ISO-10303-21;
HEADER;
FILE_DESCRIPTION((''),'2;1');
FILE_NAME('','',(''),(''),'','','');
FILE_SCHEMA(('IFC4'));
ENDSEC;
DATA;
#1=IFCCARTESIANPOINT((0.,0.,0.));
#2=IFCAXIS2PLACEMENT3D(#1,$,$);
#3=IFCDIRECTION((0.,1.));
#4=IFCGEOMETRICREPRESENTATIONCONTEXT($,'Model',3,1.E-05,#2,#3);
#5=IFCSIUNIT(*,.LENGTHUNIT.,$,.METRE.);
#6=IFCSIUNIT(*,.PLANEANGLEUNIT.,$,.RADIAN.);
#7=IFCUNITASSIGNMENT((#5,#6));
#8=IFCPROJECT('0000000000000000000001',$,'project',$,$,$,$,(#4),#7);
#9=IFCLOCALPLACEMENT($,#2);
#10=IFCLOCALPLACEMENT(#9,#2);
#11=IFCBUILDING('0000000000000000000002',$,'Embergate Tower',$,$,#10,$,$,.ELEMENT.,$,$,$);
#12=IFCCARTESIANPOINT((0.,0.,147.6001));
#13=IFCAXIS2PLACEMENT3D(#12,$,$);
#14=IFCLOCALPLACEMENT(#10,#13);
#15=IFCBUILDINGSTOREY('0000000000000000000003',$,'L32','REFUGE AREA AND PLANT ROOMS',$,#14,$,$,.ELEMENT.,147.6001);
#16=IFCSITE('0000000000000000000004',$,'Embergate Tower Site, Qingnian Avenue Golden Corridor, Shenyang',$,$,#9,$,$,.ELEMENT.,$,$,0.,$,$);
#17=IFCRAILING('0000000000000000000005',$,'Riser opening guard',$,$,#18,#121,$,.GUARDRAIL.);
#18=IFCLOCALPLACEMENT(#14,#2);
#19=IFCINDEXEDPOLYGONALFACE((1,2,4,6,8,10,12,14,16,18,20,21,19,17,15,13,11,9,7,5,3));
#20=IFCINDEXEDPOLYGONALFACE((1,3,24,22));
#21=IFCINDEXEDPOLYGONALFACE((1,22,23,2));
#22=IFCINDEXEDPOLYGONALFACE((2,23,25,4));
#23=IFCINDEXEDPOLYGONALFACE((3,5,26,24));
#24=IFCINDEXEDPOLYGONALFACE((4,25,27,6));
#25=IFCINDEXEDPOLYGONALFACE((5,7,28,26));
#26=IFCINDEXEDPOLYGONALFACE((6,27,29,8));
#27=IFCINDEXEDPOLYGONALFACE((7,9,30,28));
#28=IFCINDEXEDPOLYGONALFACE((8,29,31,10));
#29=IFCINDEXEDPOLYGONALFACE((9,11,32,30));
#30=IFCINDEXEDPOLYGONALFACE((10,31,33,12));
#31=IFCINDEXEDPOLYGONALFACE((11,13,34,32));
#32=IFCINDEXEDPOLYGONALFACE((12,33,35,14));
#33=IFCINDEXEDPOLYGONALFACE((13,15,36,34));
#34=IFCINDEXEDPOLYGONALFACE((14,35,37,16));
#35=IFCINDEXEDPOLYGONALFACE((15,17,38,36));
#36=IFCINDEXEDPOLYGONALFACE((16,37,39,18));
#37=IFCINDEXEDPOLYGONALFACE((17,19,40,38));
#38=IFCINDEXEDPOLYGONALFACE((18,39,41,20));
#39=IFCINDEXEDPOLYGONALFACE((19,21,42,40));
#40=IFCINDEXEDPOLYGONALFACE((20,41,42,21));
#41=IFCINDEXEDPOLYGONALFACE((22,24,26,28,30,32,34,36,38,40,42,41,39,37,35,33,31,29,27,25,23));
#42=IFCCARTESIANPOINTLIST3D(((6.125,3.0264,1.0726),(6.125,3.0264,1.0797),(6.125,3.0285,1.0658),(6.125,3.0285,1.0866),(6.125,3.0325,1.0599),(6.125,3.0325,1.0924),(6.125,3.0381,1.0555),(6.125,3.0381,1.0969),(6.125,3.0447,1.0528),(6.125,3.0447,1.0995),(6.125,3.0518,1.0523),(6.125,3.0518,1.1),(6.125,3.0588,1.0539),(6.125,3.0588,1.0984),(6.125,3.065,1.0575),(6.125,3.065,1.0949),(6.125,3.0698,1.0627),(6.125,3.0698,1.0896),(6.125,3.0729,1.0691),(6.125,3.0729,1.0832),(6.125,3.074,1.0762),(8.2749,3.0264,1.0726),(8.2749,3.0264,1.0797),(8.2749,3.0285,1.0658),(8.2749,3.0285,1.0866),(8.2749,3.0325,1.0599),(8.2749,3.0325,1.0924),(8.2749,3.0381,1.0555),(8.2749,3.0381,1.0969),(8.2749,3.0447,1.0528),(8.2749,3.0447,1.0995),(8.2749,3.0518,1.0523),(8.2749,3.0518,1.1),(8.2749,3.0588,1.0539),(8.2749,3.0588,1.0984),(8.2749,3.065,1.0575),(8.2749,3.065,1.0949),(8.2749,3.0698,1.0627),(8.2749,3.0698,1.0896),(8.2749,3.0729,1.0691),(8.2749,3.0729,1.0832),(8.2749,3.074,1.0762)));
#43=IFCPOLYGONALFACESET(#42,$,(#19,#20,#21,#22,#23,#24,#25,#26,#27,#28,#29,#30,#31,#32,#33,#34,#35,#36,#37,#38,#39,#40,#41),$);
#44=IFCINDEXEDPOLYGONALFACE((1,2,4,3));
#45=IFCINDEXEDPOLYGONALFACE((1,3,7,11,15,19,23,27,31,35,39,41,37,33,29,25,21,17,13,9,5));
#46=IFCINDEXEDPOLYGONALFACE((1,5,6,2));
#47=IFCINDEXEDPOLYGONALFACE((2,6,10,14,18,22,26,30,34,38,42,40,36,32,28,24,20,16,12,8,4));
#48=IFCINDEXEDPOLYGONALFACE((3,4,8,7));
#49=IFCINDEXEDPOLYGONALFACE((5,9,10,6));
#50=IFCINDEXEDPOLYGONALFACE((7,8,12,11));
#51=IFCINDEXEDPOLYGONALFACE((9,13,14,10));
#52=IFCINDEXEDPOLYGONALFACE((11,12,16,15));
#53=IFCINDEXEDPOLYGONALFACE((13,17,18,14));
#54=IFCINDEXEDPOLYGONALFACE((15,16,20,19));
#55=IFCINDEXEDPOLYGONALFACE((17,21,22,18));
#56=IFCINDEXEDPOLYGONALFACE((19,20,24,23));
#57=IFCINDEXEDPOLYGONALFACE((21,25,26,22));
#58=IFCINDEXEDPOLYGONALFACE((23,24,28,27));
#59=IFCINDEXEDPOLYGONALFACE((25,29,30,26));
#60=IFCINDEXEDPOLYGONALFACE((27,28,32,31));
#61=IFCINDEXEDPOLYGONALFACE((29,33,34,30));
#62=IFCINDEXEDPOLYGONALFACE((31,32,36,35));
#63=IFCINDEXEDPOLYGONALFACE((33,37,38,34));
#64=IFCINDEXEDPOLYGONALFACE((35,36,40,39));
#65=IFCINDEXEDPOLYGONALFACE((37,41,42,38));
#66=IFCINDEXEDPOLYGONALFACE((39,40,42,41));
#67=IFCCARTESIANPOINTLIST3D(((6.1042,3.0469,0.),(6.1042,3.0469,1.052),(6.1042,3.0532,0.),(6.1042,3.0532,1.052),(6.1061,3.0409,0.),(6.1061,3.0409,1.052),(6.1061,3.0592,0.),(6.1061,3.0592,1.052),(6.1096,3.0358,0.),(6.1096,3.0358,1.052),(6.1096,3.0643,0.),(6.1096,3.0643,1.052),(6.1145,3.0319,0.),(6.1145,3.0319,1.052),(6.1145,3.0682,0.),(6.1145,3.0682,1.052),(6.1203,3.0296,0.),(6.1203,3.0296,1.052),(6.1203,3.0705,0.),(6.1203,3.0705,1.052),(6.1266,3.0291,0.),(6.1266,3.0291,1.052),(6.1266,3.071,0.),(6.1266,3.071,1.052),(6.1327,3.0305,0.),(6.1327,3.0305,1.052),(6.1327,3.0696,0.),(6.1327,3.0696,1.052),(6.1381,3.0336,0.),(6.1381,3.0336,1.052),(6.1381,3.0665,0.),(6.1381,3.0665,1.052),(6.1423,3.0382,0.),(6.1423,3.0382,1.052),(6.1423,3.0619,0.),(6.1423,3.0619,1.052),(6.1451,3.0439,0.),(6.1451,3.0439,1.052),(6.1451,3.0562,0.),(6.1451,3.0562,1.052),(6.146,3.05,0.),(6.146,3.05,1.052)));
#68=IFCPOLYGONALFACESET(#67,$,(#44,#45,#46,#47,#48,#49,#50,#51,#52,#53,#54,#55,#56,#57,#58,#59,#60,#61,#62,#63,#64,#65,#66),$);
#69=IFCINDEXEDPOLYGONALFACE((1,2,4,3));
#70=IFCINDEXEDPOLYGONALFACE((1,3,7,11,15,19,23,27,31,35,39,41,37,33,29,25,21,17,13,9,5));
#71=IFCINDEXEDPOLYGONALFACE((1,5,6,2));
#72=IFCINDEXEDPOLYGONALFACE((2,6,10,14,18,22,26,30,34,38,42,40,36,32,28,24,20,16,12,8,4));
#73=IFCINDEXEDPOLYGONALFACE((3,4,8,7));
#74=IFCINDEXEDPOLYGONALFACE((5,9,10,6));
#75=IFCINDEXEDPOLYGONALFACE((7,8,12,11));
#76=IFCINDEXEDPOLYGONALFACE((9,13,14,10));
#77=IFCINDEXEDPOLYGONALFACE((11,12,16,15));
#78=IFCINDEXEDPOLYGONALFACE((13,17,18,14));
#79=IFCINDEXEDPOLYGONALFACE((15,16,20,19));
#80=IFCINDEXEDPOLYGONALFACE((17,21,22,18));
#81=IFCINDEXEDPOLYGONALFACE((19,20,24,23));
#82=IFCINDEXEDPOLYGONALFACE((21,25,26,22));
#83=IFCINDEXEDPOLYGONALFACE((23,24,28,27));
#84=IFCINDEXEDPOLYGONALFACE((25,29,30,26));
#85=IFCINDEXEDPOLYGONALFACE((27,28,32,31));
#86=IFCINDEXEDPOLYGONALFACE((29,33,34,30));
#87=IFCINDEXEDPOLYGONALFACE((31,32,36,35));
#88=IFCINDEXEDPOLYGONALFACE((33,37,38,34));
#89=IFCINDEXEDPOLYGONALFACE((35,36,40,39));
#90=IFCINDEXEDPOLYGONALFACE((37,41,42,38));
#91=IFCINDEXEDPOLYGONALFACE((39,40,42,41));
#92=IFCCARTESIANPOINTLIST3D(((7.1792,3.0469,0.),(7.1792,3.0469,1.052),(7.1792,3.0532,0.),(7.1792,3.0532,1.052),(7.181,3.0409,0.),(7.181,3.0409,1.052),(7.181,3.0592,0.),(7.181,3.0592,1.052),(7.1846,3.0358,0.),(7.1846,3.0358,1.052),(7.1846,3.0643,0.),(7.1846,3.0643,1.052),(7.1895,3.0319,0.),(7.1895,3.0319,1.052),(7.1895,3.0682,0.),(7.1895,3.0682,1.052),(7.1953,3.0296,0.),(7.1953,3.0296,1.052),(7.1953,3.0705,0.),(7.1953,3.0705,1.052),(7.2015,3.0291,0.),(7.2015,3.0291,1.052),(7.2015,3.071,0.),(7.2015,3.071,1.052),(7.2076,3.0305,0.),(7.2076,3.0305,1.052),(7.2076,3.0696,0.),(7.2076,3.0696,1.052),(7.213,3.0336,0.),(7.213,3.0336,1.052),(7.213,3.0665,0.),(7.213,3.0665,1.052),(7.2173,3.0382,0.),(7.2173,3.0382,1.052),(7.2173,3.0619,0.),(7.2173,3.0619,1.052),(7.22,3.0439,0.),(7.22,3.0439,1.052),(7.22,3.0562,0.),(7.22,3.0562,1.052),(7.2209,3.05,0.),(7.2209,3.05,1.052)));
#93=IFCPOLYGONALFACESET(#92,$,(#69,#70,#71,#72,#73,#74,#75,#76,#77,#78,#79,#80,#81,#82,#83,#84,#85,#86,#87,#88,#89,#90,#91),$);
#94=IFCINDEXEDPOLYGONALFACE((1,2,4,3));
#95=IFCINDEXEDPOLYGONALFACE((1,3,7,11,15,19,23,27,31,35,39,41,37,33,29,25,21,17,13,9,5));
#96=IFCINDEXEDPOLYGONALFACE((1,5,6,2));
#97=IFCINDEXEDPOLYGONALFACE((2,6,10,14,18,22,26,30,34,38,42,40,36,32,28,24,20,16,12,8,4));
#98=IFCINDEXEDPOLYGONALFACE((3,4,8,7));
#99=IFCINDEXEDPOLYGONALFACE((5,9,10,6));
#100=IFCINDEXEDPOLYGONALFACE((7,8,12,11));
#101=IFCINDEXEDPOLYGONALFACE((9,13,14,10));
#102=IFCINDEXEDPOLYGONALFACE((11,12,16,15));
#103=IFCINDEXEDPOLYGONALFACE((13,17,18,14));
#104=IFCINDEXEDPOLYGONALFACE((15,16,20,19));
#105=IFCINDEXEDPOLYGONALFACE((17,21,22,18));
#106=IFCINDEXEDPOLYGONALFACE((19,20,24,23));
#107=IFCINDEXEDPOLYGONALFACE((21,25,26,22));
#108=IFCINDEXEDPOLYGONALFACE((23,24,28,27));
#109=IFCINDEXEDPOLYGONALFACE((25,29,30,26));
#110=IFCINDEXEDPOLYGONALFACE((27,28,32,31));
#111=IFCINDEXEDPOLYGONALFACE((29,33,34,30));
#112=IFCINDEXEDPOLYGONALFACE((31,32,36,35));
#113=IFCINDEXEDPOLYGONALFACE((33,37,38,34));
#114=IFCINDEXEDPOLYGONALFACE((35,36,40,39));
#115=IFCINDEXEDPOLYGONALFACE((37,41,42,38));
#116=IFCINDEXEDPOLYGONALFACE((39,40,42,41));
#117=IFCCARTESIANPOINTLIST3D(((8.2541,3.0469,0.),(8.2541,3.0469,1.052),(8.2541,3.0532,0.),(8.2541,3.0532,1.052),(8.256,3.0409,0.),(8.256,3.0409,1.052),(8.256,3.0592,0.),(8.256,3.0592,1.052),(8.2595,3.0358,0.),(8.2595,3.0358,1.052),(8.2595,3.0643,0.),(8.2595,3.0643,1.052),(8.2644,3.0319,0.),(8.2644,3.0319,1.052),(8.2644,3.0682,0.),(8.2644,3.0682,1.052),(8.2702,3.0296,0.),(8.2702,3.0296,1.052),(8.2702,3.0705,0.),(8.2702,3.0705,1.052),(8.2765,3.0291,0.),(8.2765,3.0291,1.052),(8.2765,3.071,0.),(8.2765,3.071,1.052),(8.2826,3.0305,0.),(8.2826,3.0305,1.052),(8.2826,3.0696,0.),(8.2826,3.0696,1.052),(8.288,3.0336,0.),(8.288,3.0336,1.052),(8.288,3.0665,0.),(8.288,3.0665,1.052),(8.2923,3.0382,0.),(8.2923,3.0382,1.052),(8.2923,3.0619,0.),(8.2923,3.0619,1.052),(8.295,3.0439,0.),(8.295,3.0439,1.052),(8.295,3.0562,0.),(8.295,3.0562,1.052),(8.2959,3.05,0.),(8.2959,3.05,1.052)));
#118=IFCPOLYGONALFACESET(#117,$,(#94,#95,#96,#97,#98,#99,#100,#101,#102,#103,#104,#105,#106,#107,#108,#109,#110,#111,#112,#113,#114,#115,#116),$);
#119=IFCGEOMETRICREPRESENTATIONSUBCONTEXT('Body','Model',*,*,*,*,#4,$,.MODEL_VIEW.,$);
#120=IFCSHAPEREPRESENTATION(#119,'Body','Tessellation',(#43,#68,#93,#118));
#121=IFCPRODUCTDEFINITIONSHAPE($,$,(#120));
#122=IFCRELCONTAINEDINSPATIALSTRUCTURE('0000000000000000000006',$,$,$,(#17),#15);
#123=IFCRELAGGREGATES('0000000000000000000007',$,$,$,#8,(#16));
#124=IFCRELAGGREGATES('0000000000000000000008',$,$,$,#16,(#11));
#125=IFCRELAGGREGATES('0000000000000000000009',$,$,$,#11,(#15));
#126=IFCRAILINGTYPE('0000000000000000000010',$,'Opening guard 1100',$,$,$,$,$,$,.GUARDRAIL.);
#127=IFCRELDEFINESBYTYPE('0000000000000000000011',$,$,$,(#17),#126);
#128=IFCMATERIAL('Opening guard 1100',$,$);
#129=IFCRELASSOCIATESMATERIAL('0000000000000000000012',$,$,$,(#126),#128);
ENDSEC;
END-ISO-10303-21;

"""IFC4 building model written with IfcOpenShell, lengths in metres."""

from ifc_helpers import new_model, si_unit, direction, frame, origin, origin_2d, place, context, subcontext, project, spatial, circle, extrude, source, transform, mapped, material, type_object, element, save


model = new_model("IFC4")

# Units and contexts
model_context = context("Model", 3, precision=1e-05, world=origin(), true_north=direction((0.0, 1.0)))
body_context = subcontext(model_context, "Body", "Model", "MODEL_VIEW")
ifc_project = project(units=[si_unit("LENGTHUNIT", "METRE"), si_unit("PLANEANGLEUNIT", "RADIAN")], contexts=[model_context])

# Site, building, storey
site_placement = place(None, origin())
site = spatial("IfcSite", under=ifc_project, at=site_placement, Name="Embergate Tower Site, Qingnian Avenue Golden Corridor, Shenyang", CompositionType="ELEMENT", RefElevation=0.0)
building_placement = place(site_placement, origin())
building = spatial("IfcBuilding", under=site, at=building_placement, Name="Embergate Tower", CompositionType="ELEMENT")
storey_placement = place(building_placement, frame((0.0, 0.0, 147.6001)))
storey = spatial("IfcBuildingStorey", under=building, at=storey_placement, Name="L32", Description="REFUGE AREA AND PLANT ROOMS", CompositionType="ELEMENT", Elevation=147.6001)

# Railing
ifc_material_1 = material(Name="Opening guard 1100")
railing_type_1 = type_object("IfcRailingType", Name="Opening guard 1100", PredefinedType="GUARDRAIL", material=ifc_material_1)
shared_shape_1 = source(origin(), body_context, "Body", "SweptSolid", [
    extrude(circle(Radius=0.0239, at=origin_2d()), frame((0.0, 0.0, 1.0762), z_axis=(1.0, 0.0, 0.0), x_axis=(0.0, 1.0, 0.0)), (0.0, 0.0, 1.0), 2.1499),
    extrude(circle(Radius=0.021, at=origin_2d()), origin(), (0.0, 0.0, 1.0), 1.052),
    extrude(circle(Radius=0.021, at=origin_2d()), frame((1.075, 0.0, 0.0)), (0.0, 0.0, 1.0), 1.052),
    extrude(circle(Radius=0.021, at=origin_2d()), frame((2.1499, 0.0, 0.0)), (0.0, 0.0, 1.0), 1.052),
])
railing_1_placement = place(storey_placement, frame((6.125, 3.05, 0.0)))
element("IfcRailing", 1, at=railing_1_placement, inside=storey, type_object=railing_type_1, Name="Riser opening guard", PredefinedType="GUARDRAIL", context=body_context, shape_type="MappedRepresentation", body=[
    mapped(shared_shape_1, transform((0.0, 0.0, 0.0))),
])

save(model, "model.ifc")
